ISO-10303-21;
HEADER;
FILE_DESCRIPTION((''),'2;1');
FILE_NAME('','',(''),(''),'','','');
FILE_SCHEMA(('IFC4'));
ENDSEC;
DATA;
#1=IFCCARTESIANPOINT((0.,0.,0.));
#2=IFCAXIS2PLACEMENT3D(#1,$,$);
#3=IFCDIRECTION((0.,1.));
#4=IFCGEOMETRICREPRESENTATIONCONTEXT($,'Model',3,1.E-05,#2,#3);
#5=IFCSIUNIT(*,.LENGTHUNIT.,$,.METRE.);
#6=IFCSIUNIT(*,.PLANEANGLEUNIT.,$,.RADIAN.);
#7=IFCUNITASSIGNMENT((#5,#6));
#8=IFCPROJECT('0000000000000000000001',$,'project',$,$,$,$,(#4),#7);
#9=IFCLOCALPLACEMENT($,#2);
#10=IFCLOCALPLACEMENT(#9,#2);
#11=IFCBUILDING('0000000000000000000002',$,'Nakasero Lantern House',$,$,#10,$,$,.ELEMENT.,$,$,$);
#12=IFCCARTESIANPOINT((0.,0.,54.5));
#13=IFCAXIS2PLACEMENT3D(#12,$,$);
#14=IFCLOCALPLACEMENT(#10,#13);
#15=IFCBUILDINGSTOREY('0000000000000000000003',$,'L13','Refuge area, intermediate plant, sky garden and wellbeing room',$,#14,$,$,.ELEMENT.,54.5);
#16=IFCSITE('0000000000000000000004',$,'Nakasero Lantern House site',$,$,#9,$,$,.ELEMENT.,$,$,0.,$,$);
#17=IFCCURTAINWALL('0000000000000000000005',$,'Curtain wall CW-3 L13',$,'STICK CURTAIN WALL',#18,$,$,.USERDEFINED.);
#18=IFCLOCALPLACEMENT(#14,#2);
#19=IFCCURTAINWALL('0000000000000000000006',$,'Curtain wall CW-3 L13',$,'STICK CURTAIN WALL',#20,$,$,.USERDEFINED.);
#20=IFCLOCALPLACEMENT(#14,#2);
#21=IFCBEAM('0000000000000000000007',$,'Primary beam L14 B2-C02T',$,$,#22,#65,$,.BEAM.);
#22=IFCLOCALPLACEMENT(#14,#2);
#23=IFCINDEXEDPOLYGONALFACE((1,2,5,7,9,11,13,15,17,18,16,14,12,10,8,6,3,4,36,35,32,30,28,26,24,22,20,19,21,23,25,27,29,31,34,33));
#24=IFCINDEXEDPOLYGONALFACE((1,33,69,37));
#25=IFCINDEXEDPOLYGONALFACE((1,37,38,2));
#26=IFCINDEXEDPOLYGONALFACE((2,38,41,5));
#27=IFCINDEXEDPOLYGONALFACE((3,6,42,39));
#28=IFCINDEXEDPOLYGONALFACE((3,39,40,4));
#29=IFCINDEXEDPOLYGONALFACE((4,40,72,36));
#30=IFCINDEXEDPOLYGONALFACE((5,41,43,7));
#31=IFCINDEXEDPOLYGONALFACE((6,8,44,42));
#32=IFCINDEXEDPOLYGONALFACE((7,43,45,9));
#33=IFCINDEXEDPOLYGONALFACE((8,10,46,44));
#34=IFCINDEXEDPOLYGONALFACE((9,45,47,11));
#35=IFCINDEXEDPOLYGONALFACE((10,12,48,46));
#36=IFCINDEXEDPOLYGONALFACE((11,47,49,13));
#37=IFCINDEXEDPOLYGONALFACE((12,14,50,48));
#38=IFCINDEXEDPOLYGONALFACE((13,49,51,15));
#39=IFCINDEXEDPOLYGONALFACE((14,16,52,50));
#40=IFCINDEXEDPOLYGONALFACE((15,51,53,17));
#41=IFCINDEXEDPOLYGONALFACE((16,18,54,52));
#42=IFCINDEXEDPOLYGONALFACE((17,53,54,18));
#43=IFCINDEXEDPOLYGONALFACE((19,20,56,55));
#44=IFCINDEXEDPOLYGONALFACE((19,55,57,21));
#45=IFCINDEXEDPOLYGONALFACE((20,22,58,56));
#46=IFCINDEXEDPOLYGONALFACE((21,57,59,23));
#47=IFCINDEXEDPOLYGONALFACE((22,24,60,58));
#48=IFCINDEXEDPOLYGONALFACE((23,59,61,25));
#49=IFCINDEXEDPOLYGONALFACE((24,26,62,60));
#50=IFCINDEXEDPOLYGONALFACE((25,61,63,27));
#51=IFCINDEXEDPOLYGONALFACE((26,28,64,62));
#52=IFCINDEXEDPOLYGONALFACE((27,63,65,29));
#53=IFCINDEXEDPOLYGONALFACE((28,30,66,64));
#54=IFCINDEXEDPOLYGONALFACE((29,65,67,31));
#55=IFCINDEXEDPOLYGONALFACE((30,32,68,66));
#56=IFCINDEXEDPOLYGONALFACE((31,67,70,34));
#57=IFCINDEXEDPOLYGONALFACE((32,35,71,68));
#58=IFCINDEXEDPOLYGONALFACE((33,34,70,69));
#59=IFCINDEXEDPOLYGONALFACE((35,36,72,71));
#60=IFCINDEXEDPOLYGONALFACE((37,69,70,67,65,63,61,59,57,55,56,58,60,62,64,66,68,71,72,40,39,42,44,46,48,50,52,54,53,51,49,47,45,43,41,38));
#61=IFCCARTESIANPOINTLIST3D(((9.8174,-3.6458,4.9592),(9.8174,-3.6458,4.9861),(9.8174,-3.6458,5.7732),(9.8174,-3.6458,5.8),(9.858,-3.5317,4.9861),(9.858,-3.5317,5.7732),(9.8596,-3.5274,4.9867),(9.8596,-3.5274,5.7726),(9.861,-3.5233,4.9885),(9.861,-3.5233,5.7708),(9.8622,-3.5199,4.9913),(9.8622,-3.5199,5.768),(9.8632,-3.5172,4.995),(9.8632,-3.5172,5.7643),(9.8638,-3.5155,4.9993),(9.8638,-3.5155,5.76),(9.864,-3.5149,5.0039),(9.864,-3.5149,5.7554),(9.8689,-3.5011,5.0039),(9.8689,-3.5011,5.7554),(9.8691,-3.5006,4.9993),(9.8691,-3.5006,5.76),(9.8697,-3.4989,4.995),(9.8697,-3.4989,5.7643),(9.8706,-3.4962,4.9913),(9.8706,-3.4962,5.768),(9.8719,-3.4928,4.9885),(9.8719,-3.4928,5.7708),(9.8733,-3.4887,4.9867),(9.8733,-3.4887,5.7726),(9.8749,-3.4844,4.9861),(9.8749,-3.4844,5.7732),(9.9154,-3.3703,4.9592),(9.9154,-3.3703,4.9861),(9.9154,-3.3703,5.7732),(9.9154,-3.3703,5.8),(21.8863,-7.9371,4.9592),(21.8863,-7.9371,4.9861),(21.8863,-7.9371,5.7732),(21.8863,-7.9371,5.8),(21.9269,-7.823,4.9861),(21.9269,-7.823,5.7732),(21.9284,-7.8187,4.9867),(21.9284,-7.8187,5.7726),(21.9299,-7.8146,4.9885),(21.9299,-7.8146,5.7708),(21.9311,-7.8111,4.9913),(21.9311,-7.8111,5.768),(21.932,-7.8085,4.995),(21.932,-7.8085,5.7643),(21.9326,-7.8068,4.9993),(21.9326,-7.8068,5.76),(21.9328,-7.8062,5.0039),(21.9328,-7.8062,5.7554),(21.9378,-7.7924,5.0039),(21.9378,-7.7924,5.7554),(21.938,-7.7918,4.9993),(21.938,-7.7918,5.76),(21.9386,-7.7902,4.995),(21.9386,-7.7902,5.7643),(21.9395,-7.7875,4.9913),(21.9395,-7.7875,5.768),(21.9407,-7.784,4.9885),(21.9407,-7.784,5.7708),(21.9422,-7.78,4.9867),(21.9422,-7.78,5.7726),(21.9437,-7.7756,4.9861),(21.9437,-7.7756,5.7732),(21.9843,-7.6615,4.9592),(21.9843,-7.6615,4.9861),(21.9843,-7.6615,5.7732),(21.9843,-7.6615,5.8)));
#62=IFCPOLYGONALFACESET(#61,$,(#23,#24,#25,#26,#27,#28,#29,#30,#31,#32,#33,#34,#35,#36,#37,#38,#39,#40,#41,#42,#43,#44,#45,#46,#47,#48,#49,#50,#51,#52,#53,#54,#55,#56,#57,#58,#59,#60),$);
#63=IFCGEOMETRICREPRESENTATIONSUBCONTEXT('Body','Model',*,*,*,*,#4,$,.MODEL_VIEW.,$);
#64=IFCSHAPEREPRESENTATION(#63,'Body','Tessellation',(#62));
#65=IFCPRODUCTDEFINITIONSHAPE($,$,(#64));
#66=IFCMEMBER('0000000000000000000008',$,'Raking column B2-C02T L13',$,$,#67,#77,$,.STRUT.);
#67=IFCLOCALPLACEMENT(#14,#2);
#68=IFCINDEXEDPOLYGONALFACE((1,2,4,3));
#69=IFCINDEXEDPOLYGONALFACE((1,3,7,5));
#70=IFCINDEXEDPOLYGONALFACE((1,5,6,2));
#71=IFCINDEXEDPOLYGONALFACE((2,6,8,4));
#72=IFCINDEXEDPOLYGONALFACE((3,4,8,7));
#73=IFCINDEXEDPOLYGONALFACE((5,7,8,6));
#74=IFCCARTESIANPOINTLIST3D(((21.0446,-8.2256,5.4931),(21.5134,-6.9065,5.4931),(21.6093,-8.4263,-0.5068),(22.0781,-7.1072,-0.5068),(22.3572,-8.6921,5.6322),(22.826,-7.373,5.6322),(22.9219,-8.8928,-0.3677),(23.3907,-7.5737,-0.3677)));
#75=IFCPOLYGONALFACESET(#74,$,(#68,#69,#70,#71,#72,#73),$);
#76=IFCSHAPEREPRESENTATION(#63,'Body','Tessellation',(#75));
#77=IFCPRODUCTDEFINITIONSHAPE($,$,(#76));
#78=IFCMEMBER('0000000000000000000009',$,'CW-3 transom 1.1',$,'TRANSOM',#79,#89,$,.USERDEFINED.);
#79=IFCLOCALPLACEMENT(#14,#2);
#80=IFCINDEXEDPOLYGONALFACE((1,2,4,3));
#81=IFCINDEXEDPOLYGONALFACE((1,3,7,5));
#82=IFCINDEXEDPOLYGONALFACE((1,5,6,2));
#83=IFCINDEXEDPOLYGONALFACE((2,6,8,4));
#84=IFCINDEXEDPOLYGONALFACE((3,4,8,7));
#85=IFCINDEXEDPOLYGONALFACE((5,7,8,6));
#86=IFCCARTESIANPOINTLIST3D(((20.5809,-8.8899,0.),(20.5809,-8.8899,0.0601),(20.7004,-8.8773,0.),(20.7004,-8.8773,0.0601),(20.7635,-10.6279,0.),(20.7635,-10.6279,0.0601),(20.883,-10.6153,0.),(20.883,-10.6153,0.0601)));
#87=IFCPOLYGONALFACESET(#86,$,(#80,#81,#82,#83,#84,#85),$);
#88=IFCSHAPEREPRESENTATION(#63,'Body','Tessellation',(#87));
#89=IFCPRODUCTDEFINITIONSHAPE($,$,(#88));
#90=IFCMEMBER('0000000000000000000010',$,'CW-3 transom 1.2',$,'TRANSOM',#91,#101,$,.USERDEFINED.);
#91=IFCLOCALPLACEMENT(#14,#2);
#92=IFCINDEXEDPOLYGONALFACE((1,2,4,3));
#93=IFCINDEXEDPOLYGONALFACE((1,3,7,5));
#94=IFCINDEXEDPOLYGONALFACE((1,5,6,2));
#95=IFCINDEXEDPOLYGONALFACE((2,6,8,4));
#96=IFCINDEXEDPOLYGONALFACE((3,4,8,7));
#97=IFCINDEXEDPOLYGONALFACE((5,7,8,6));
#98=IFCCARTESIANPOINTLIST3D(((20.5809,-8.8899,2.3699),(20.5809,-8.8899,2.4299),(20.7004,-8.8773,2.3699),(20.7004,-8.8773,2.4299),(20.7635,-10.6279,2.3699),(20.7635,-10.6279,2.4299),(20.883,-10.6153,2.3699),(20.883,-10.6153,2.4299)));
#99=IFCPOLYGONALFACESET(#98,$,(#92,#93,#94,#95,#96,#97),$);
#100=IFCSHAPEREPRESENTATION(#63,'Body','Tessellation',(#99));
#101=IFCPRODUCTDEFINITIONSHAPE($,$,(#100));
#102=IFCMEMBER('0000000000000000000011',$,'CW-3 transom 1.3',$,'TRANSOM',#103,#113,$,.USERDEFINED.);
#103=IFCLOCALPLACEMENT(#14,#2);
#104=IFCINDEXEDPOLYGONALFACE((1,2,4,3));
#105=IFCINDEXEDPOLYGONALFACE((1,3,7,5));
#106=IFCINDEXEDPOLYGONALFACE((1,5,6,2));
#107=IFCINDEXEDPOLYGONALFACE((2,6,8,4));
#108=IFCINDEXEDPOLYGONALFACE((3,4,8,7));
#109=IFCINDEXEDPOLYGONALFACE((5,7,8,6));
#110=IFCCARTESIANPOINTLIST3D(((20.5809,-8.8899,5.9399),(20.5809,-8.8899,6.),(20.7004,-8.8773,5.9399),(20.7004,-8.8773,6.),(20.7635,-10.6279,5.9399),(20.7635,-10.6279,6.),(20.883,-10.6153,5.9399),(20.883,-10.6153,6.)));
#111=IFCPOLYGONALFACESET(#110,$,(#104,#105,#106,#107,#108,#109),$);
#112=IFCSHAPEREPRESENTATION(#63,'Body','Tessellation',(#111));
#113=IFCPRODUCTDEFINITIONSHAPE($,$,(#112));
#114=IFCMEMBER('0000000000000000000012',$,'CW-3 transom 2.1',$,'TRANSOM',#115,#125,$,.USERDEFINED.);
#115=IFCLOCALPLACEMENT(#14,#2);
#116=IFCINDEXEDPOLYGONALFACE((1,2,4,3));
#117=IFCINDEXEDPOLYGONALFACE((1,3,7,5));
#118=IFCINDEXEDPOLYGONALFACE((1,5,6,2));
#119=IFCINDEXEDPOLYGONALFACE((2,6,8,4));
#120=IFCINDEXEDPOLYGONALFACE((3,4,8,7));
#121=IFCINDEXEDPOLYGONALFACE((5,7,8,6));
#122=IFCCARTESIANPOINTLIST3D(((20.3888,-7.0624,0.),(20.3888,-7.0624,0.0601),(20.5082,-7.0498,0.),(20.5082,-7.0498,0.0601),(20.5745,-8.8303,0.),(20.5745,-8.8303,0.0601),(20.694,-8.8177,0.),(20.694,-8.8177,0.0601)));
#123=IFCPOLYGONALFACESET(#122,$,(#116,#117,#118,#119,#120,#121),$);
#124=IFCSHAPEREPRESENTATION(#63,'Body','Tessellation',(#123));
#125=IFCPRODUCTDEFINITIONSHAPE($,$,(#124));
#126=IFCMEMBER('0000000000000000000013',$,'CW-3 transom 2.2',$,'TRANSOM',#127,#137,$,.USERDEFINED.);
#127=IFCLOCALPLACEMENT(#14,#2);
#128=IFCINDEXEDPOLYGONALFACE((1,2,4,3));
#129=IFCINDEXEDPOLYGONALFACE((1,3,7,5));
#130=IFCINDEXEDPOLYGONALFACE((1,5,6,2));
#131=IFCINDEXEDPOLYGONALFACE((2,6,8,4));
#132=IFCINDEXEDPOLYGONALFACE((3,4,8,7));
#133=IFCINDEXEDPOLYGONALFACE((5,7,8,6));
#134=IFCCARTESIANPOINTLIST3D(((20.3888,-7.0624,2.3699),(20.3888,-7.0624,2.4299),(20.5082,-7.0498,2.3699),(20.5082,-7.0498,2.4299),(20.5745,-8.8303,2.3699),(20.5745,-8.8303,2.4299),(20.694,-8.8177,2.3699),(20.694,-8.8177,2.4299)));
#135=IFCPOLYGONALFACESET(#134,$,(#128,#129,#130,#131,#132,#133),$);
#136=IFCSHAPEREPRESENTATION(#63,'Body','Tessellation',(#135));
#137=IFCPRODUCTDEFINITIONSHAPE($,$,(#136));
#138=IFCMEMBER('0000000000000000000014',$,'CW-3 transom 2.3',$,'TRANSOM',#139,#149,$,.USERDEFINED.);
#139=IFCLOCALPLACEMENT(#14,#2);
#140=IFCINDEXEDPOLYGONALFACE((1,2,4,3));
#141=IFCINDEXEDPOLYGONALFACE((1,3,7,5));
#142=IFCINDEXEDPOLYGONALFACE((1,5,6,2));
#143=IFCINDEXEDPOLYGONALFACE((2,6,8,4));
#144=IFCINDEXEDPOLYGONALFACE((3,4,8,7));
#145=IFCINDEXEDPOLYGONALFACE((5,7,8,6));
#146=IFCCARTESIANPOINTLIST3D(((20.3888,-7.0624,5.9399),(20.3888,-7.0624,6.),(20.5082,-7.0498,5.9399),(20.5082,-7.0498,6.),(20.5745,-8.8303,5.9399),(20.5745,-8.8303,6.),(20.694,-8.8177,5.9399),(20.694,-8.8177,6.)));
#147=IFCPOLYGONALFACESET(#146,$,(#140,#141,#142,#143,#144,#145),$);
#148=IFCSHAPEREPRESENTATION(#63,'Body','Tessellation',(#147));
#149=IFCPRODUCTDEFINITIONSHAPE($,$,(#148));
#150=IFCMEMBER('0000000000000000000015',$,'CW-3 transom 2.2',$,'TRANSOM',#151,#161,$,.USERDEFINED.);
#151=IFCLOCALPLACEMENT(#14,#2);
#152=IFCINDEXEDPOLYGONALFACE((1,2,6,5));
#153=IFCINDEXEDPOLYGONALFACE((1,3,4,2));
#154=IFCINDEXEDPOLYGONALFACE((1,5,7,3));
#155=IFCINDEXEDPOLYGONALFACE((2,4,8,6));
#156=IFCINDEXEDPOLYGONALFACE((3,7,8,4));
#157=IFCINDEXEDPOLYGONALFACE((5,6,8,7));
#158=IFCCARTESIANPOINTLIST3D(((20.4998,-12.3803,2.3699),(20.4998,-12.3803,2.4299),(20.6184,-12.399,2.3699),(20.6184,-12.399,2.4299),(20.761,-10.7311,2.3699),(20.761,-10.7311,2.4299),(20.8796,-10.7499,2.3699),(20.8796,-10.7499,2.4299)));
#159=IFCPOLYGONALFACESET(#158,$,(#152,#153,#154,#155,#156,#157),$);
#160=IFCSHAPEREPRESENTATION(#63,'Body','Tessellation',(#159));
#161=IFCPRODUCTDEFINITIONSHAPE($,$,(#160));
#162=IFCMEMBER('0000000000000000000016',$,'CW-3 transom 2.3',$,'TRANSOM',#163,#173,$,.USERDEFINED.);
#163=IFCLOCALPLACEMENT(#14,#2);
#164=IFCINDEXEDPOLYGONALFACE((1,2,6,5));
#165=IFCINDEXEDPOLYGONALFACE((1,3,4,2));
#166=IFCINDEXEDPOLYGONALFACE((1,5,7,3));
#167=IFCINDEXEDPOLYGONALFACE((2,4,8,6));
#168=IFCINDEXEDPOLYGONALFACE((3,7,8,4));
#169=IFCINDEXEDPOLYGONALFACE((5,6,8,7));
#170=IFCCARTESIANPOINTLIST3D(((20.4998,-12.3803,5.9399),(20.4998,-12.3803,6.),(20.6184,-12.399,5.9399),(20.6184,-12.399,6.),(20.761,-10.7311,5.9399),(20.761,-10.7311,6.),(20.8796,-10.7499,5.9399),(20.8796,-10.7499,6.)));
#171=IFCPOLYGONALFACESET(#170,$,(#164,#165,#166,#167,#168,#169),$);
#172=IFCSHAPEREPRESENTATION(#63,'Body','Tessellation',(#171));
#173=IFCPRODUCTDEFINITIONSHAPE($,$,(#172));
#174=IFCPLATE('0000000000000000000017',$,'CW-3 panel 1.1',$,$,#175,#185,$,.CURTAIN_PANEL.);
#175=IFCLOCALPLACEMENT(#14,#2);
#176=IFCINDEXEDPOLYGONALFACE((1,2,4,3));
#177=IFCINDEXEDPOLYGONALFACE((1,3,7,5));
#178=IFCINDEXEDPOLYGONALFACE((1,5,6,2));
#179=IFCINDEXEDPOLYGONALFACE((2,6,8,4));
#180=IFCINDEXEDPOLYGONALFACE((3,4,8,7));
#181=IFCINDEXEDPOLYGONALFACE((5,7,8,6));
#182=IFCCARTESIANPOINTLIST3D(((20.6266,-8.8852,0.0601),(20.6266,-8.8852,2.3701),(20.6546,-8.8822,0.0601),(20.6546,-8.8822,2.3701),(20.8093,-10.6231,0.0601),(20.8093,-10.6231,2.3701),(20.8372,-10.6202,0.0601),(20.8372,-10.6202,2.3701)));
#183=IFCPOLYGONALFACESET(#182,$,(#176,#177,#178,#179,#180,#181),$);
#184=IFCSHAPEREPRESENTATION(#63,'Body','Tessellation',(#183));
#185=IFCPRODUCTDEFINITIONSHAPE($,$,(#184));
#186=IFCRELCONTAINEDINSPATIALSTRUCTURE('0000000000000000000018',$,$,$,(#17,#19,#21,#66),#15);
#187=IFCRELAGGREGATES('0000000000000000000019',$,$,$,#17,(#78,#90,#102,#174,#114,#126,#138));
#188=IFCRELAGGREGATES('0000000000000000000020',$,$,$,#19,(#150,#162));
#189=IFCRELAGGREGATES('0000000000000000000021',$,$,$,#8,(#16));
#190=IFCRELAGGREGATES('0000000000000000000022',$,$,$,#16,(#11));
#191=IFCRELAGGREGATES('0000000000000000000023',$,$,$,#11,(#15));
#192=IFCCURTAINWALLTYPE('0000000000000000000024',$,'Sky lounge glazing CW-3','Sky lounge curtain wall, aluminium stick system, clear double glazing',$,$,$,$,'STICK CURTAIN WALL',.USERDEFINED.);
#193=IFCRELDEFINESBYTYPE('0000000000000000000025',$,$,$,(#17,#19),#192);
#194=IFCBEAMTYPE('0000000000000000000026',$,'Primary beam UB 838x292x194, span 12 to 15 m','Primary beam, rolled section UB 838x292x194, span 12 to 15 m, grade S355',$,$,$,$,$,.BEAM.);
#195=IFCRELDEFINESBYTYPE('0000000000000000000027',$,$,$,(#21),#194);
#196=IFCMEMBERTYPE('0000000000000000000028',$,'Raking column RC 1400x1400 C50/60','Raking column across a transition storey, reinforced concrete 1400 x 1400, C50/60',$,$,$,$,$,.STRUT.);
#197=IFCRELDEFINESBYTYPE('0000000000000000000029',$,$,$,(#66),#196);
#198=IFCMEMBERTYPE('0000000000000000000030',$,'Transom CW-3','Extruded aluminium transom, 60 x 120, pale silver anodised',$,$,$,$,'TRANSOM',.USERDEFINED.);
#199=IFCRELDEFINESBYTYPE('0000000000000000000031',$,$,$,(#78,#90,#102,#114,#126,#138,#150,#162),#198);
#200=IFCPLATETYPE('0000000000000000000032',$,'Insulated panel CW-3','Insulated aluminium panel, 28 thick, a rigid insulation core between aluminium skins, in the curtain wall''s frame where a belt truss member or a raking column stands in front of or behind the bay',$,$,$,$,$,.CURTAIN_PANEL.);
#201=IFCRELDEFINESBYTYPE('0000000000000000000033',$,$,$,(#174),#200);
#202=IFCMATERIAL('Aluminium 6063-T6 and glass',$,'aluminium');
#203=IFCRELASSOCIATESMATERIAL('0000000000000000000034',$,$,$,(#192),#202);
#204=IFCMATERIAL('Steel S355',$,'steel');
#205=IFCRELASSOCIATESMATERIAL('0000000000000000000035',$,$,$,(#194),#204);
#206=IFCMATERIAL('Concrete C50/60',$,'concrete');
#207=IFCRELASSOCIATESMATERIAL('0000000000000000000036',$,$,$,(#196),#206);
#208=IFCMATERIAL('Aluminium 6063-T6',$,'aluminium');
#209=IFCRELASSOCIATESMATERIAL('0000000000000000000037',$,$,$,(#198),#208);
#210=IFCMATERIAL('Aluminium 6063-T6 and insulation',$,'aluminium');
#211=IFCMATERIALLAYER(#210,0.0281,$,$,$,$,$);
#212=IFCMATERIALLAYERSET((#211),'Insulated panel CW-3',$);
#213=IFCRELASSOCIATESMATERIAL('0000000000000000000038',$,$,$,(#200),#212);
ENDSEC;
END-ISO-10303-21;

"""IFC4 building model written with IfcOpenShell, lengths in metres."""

from ifc_helpers import new_model, si_unit, direction, frame, origin, origin_2d, place, context, subcontext, project, spatial, rectangle, i_section, extrude, material, layer, layer_set, material_profile, profile_set, type_object, element, aggregate, save


model = new_model("IFC4")

# Units and contexts
model_context = context("Model", 3, precision=1e-05, world=origin(), true_north=direction((0.0, 1.0)))
body_context = subcontext(model_context, "Body", "Model", "MODEL_VIEW")
ifc_project = project(units=[si_unit("LENGTHUNIT", "METRE"), si_unit("PLANEANGLEUNIT", "RADIAN")], contexts=[model_context])

# Site, building, storey
site_placement = place(None, origin())
site = spatial("IfcSite", under=ifc_project, at=site_placement, Name="Nakasero Lantern House site", CompositionType="ELEMENT", RefElevation=0.0)
building_placement = place(site_placement, origin())
building = spatial("IfcBuilding", under=site, at=building_placement, Name="Nakasero Lantern House", CompositionType="ELEMENT")
storey_placement = place(building_placement, frame((0.0, 0.0, 54.5)))
storey = spatial("IfcBuildingStorey", under=building, at=storey_placement, Name="L13", Description="Refuge area, intermediate plant, sky garden and wellbeing room", CompositionType="ELEMENT", Elevation=54.5)

# Curtain wall
ifc_material_1 = material(Name="Aluminium 6063-T6 and glass", Category="aluminium")
curtain_wall_type = type_object("IfcCurtainWallType", Name="Sky lounge glazing CW-3", Description="Sky lounge curtain wall, aluminium stick system, clear double glazing", ElementType="STICK CURTAIN WALL", PredefinedType="USERDEFINED", material=ifc_material_1)
curtain_wall_1_placement = place(storey_placement, origin())
curtain_wall_1 = element("IfcCurtainWall", 1, at=curtain_wall_1_placement, inside=storey, type_object=curtain_wall_type, Name="Curtain wall CW-3 L13", ObjectType="STICK CURTAIN WALL", PredefinedType="USERDEFINED")

# Curtain wall
curtain_wall_2_placement = place(storey_placement, origin())
curtain_wall_2 = element("IfcCurtainWall", 2, at=curtain_wall_2_placement, inside=storey, type_object=curtain_wall_type, Name="Curtain wall CW-3 L13", ObjectType="STICK CURTAIN WALL", PredefinedType="USERDEFINED")

# Beam
ifc_material_2 = material(Name="Steel S355", Category="steel")
ifc_material_profile_1 = material_profile(ifc_material_2, i_section(OverallWidth=0.2925, OverallDepth=0.8408, WebThickness=0.0146, FlangeThickness=0.0269, FilletRadius=0.0178, at=origin_2d()), Name="UB 838x292x194")
ifc_profile_set_1 = profile_set([ifc_material_profile_1], Name="Steel S355")
beam_type = type_object("IfcBeamType", Name="Primary beam UB 838x292x194, span 12 to 15 m", Description="Primary beam, rolled section UB 838x292x194, span 12 to 15 m, grade S355", PredefinedType="BEAM", material=ifc_profile_set_1)
beam_placement = place(storey_placement, frame((21.9353, -7.7993, 5.3796), z_axis=(-0.942212, 0.335018, 0.0), x_axis=(-0.335018, -0.942212, 0.0)))
element("IfcBeam", 3, at=beam_placement, inside=storey, type_object=beam_type, Name="Primary beam L14 B2-C02T", PredefinedType="BEAM", context=body_context, shape_type="SweptSolid", body=[
    extrude(i_section(OverallWidth=0.2925, OverallDepth=0.8408, WebThickness=0.0146, FlangeThickness=0.0269, FilletRadius=0.0178, at=origin_2d()), origin(), (0.0, 0.0, 1.0), 12.8091),
])

# Members
ifc_material_3 = material(Name="Concrete C50/60", Category="concrete")
ifc_material_profile_2 = material_profile(ifc_material_3, rectangle(XDim=1.3999, YDim=1.3999, at=origin_2d()), Name="RC 1400x1400")
ifc_profile_set_2 = profile_set([ifc_material_profile_2], Name="Concrete C50/60")
member_type_1 = type_object("IfcMemberType", Name="Raking column RC 1400x1400 C50/60", Description="Raking column across a transition storey, reinforced concrete 1400 x 1400, C50/60", PredefinedType="STRUT", material=ifc_profile_set_2)
member_1_placement = place(storey_placement, frame((22.5, -8.0, -0.4373), z_axis=(-0.09365, 0.033282, 0.995049), x_axis=(-0.334865, -0.942266, 0.0)))
element("IfcMember", 4, at=member_1_placement, inside=storey, type_object=member_type_1, Name="Raking column B2-C02T L13", PredefinedType="STRUT", context=body_context, shape_type="SweptSolid", body=[
    extrude(rectangle(XDim=1.3999, YDim=1.3999, at=origin_2d()), origin(), (0.0, 0.0, 1.0), 6.0298),
])
ifc_material_4 = material(Name="Aluminium 6063-T6", Category="aluminium")
ifc_material_profile_3 = material_profile(ifc_material_4, rectangle(XDim=0.0601, YDim=0.1201, at=origin_2d()), Name="CW-3 transom 60x120")
ifc_profile_set_3 = profile_set([ifc_material_profile_3], Name="Aluminium 6063-T6")
member_type_2 = type_object("IfcMemberType", Name="Transom CW-3", Description="Extruded aluminium transom, 60 x 120, pale silver anodised", ElementType="TRANSOM", PredefinedType="USERDEFINED", material=ifc_profile_set_3)
member_2_placement = place(storey_placement, frame((20.8232, -10.6216, 0.03), z_axis=(-0.104496, 0.994525, 0.0), x_axis=(0.0, 0.0, 1.0)))
member_2 = element("IfcMember", 5, at=member_2_placement, type_object=member_type_2, Name="CW-3 transom 1.1", ObjectType="TRANSOM", PredefinedType="USERDEFINED", context=body_context, shape_type="SweptSolid", body=[
    extrude(rectangle(XDim=0.0601, YDim=0.1201, at=origin_2d()), origin(), (0.0, 0.0, 1.0), 1.7476),
])
member_3_placement = place(storey_placement, frame((20.8232, -10.6216, 2.3999), z_axis=(-0.104496, 0.994525, 0.0), x_axis=(0.0, 0.0, 1.0)))
member_3 = element("IfcMember", 6, at=member_3_placement, type_object=member_type_2, Name="CW-3 transom 1.2", ObjectType="TRANSOM", PredefinedType="USERDEFINED", context=body_context, shape_type="SweptSolid", body=[
    extrude(rectangle(XDim=0.0601, YDim=0.1201, at=origin_2d()), origin(), (0.0, 0.0, 1.0), 1.7476),
])
member_4_placement = place(storey_placement, frame((20.8232, -10.6216, 5.97), z_axis=(-0.104496, 0.994525, 0.0), x_axis=(0.0, 0.0, 1.0)))
member_4 = element("IfcMember", 7, at=member_4_placement, type_object=member_type_2, Name="CW-3 transom 1.3", ObjectType="TRANSOM", PredefinedType="USERDEFINED", context=body_context, shape_type="SweptSolid", body=[
    extrude(rectangle(XDim=0.0601, YDim=0.1201, at=origin_2d()), origin(), (0.0, 0.0, 1.0), 1.7476),
])
member_5_placement = place(storey_placement, frame((20.6343, -8.824, 0.03), z_axis=(-0.10452, 0.994523, 0.0), x_axis=(0.0, 0.0, 1.0)))
member_5 = element("IfcMember", 8, at=member_5_placement, type_object=member_type_2, Name="CW-3 transom 2.1", ObjectType="TRANSOM", PredefinedType="USERDEFINED", context=body_context, shape_type="SweptSolid", body=[
    extrude(rectangle(XDim=0.0601, YDim=0.1201, at=origin_2d()), origin(), (0.0, 0.0, 1.0), 1.7776),
])
member_6_placement = place(storey_placement, frame((20.6343, -8.824, 2.3999), z_axis=(-0.10452, 0.994523, 0.0), x_axis=(0.0, 0.0, 1.0)))
member_6 = element("IfcMember", 9, at=member_6_placement, type_object=member_type_2, Name="CW-3 transom 2.2", ObjectType="TRANSOM", PredefinedType="USERDEFINED", context=body_context, shape_type="SweptSolid", body=[
    extrude(rectangle(XDim=0.0601, YDim=0.1201, at=origin_2d()), origin(), (0.0, 0.0, 1.0), 1.7776),
])
member_7_placement = place(storey_placement, frame((20.6343, -8.824, 5.97), z_axis=(-0.10452, 0.994523, 0.0), x_axis=(0.0, 0.0, 1.0)))
member_7 = element("IfcMember", 10, at=member_7_placement, type_object=member_type_2, Name="CW-3 transom 2.3", ObjectType="TRANSOM", PredefinedType="USERDEFINED", context=body_context, shape_type="SweptSolid", body=[
    extrude(rectangle(XDim=0.0601, YDim=0.1201, at=origin_2d()), origin(), (0.0, 0.0, 1.0), 1.7776),
])
member_8_placement = place(storey_placement, frame((20.5591, -12.3896, 2.3999), z_axis=(0.156451, 0.987686, 0.0), x_axis=(0.0, 0.0, 1.0)))
member_8 = element("IfcMember", 11, at=member_8_placement, type_object=member_type_2, Name="CW-3 transom 2.2", ObjectType="TRANSOM", PredefinedType="USERDEFINED", context=body_context, shape_type="SweptSolid", body=[
    extrude(rectangle(XDim=0.0601, YDim=0.1201, at=origin_2d()), origin(), (0.0, 0.0, 1.0), 1.6697),
])
member_9_placement = place(storey_placement, frame((20.5591, -12.3896, 5.97), z_axis=(0.156451, 0.987686, 0.0), x_axis=(0.0, 0.0, 1.0)))
member_9 = element("IfcMember", 12, at=member_9_placement, type_object=member_type_2, Name="CW-3 transom 2.3", ObjectType="TRANSOM", PredefinedType="USERDEFINED", context=body_context, shape_type="SweptSolid", body=[
    extrude(rectangle(XDim=0.0601, YDim=0.1201, at=origin_2d()), origin(), (0.0, 0.0, 1.0), 1.6697),
])

# Plate
ifc_material_5 = material(Name="Aluminium 6063-T6 and insulation", Category="aluminium")
ifc_layer_1 = layer(ifc_material_5, 0.0281)
ifc_layer_set_1 = layer_set([ifc_layer_1], Name="Insulated panel CW-3")
plate_type = type_object("IfcPlateType", Name="Insulated panel CW-3", Description="Insulated aluminium panel, 28 thick, a rigid insulation core between aluminium skins, in the curtain wall's frame where a belt truss member or a raking column stands in front of or behind the bay", PredefinedType="CURTAIN_PANEL", material=ifc_layer_set_1)
plate_1_placement = place(storey_placement, frame((20.7319, -9.7527, 0.0601), z_axis=(0.0, 0.0, 1.0), x_axis=(-0.104528, 0.994522, 0.0)))
plate_1 = element("IfcPlate", 13, at=plate_1_placement, type_object=plate_type, Name="CW-3 panel 1.1", PredefinedType="CURTAIN_PANEL", context=body_context, shape_type="SweptSolid", body=[
    extrude(rectangle(XDim=1.7476, YDim=0.0281, at=origin_2d()), origin(), (0.0, 0.0, 1.0), 2.3101),
])
aggregate(curtain_wall_1, [member_2, member_3, member_4, plate_1, member_5, member_6, member_7])
aggregate(curtain_wall_2, [member_8, member_9])

save(model, "model.ifc")
